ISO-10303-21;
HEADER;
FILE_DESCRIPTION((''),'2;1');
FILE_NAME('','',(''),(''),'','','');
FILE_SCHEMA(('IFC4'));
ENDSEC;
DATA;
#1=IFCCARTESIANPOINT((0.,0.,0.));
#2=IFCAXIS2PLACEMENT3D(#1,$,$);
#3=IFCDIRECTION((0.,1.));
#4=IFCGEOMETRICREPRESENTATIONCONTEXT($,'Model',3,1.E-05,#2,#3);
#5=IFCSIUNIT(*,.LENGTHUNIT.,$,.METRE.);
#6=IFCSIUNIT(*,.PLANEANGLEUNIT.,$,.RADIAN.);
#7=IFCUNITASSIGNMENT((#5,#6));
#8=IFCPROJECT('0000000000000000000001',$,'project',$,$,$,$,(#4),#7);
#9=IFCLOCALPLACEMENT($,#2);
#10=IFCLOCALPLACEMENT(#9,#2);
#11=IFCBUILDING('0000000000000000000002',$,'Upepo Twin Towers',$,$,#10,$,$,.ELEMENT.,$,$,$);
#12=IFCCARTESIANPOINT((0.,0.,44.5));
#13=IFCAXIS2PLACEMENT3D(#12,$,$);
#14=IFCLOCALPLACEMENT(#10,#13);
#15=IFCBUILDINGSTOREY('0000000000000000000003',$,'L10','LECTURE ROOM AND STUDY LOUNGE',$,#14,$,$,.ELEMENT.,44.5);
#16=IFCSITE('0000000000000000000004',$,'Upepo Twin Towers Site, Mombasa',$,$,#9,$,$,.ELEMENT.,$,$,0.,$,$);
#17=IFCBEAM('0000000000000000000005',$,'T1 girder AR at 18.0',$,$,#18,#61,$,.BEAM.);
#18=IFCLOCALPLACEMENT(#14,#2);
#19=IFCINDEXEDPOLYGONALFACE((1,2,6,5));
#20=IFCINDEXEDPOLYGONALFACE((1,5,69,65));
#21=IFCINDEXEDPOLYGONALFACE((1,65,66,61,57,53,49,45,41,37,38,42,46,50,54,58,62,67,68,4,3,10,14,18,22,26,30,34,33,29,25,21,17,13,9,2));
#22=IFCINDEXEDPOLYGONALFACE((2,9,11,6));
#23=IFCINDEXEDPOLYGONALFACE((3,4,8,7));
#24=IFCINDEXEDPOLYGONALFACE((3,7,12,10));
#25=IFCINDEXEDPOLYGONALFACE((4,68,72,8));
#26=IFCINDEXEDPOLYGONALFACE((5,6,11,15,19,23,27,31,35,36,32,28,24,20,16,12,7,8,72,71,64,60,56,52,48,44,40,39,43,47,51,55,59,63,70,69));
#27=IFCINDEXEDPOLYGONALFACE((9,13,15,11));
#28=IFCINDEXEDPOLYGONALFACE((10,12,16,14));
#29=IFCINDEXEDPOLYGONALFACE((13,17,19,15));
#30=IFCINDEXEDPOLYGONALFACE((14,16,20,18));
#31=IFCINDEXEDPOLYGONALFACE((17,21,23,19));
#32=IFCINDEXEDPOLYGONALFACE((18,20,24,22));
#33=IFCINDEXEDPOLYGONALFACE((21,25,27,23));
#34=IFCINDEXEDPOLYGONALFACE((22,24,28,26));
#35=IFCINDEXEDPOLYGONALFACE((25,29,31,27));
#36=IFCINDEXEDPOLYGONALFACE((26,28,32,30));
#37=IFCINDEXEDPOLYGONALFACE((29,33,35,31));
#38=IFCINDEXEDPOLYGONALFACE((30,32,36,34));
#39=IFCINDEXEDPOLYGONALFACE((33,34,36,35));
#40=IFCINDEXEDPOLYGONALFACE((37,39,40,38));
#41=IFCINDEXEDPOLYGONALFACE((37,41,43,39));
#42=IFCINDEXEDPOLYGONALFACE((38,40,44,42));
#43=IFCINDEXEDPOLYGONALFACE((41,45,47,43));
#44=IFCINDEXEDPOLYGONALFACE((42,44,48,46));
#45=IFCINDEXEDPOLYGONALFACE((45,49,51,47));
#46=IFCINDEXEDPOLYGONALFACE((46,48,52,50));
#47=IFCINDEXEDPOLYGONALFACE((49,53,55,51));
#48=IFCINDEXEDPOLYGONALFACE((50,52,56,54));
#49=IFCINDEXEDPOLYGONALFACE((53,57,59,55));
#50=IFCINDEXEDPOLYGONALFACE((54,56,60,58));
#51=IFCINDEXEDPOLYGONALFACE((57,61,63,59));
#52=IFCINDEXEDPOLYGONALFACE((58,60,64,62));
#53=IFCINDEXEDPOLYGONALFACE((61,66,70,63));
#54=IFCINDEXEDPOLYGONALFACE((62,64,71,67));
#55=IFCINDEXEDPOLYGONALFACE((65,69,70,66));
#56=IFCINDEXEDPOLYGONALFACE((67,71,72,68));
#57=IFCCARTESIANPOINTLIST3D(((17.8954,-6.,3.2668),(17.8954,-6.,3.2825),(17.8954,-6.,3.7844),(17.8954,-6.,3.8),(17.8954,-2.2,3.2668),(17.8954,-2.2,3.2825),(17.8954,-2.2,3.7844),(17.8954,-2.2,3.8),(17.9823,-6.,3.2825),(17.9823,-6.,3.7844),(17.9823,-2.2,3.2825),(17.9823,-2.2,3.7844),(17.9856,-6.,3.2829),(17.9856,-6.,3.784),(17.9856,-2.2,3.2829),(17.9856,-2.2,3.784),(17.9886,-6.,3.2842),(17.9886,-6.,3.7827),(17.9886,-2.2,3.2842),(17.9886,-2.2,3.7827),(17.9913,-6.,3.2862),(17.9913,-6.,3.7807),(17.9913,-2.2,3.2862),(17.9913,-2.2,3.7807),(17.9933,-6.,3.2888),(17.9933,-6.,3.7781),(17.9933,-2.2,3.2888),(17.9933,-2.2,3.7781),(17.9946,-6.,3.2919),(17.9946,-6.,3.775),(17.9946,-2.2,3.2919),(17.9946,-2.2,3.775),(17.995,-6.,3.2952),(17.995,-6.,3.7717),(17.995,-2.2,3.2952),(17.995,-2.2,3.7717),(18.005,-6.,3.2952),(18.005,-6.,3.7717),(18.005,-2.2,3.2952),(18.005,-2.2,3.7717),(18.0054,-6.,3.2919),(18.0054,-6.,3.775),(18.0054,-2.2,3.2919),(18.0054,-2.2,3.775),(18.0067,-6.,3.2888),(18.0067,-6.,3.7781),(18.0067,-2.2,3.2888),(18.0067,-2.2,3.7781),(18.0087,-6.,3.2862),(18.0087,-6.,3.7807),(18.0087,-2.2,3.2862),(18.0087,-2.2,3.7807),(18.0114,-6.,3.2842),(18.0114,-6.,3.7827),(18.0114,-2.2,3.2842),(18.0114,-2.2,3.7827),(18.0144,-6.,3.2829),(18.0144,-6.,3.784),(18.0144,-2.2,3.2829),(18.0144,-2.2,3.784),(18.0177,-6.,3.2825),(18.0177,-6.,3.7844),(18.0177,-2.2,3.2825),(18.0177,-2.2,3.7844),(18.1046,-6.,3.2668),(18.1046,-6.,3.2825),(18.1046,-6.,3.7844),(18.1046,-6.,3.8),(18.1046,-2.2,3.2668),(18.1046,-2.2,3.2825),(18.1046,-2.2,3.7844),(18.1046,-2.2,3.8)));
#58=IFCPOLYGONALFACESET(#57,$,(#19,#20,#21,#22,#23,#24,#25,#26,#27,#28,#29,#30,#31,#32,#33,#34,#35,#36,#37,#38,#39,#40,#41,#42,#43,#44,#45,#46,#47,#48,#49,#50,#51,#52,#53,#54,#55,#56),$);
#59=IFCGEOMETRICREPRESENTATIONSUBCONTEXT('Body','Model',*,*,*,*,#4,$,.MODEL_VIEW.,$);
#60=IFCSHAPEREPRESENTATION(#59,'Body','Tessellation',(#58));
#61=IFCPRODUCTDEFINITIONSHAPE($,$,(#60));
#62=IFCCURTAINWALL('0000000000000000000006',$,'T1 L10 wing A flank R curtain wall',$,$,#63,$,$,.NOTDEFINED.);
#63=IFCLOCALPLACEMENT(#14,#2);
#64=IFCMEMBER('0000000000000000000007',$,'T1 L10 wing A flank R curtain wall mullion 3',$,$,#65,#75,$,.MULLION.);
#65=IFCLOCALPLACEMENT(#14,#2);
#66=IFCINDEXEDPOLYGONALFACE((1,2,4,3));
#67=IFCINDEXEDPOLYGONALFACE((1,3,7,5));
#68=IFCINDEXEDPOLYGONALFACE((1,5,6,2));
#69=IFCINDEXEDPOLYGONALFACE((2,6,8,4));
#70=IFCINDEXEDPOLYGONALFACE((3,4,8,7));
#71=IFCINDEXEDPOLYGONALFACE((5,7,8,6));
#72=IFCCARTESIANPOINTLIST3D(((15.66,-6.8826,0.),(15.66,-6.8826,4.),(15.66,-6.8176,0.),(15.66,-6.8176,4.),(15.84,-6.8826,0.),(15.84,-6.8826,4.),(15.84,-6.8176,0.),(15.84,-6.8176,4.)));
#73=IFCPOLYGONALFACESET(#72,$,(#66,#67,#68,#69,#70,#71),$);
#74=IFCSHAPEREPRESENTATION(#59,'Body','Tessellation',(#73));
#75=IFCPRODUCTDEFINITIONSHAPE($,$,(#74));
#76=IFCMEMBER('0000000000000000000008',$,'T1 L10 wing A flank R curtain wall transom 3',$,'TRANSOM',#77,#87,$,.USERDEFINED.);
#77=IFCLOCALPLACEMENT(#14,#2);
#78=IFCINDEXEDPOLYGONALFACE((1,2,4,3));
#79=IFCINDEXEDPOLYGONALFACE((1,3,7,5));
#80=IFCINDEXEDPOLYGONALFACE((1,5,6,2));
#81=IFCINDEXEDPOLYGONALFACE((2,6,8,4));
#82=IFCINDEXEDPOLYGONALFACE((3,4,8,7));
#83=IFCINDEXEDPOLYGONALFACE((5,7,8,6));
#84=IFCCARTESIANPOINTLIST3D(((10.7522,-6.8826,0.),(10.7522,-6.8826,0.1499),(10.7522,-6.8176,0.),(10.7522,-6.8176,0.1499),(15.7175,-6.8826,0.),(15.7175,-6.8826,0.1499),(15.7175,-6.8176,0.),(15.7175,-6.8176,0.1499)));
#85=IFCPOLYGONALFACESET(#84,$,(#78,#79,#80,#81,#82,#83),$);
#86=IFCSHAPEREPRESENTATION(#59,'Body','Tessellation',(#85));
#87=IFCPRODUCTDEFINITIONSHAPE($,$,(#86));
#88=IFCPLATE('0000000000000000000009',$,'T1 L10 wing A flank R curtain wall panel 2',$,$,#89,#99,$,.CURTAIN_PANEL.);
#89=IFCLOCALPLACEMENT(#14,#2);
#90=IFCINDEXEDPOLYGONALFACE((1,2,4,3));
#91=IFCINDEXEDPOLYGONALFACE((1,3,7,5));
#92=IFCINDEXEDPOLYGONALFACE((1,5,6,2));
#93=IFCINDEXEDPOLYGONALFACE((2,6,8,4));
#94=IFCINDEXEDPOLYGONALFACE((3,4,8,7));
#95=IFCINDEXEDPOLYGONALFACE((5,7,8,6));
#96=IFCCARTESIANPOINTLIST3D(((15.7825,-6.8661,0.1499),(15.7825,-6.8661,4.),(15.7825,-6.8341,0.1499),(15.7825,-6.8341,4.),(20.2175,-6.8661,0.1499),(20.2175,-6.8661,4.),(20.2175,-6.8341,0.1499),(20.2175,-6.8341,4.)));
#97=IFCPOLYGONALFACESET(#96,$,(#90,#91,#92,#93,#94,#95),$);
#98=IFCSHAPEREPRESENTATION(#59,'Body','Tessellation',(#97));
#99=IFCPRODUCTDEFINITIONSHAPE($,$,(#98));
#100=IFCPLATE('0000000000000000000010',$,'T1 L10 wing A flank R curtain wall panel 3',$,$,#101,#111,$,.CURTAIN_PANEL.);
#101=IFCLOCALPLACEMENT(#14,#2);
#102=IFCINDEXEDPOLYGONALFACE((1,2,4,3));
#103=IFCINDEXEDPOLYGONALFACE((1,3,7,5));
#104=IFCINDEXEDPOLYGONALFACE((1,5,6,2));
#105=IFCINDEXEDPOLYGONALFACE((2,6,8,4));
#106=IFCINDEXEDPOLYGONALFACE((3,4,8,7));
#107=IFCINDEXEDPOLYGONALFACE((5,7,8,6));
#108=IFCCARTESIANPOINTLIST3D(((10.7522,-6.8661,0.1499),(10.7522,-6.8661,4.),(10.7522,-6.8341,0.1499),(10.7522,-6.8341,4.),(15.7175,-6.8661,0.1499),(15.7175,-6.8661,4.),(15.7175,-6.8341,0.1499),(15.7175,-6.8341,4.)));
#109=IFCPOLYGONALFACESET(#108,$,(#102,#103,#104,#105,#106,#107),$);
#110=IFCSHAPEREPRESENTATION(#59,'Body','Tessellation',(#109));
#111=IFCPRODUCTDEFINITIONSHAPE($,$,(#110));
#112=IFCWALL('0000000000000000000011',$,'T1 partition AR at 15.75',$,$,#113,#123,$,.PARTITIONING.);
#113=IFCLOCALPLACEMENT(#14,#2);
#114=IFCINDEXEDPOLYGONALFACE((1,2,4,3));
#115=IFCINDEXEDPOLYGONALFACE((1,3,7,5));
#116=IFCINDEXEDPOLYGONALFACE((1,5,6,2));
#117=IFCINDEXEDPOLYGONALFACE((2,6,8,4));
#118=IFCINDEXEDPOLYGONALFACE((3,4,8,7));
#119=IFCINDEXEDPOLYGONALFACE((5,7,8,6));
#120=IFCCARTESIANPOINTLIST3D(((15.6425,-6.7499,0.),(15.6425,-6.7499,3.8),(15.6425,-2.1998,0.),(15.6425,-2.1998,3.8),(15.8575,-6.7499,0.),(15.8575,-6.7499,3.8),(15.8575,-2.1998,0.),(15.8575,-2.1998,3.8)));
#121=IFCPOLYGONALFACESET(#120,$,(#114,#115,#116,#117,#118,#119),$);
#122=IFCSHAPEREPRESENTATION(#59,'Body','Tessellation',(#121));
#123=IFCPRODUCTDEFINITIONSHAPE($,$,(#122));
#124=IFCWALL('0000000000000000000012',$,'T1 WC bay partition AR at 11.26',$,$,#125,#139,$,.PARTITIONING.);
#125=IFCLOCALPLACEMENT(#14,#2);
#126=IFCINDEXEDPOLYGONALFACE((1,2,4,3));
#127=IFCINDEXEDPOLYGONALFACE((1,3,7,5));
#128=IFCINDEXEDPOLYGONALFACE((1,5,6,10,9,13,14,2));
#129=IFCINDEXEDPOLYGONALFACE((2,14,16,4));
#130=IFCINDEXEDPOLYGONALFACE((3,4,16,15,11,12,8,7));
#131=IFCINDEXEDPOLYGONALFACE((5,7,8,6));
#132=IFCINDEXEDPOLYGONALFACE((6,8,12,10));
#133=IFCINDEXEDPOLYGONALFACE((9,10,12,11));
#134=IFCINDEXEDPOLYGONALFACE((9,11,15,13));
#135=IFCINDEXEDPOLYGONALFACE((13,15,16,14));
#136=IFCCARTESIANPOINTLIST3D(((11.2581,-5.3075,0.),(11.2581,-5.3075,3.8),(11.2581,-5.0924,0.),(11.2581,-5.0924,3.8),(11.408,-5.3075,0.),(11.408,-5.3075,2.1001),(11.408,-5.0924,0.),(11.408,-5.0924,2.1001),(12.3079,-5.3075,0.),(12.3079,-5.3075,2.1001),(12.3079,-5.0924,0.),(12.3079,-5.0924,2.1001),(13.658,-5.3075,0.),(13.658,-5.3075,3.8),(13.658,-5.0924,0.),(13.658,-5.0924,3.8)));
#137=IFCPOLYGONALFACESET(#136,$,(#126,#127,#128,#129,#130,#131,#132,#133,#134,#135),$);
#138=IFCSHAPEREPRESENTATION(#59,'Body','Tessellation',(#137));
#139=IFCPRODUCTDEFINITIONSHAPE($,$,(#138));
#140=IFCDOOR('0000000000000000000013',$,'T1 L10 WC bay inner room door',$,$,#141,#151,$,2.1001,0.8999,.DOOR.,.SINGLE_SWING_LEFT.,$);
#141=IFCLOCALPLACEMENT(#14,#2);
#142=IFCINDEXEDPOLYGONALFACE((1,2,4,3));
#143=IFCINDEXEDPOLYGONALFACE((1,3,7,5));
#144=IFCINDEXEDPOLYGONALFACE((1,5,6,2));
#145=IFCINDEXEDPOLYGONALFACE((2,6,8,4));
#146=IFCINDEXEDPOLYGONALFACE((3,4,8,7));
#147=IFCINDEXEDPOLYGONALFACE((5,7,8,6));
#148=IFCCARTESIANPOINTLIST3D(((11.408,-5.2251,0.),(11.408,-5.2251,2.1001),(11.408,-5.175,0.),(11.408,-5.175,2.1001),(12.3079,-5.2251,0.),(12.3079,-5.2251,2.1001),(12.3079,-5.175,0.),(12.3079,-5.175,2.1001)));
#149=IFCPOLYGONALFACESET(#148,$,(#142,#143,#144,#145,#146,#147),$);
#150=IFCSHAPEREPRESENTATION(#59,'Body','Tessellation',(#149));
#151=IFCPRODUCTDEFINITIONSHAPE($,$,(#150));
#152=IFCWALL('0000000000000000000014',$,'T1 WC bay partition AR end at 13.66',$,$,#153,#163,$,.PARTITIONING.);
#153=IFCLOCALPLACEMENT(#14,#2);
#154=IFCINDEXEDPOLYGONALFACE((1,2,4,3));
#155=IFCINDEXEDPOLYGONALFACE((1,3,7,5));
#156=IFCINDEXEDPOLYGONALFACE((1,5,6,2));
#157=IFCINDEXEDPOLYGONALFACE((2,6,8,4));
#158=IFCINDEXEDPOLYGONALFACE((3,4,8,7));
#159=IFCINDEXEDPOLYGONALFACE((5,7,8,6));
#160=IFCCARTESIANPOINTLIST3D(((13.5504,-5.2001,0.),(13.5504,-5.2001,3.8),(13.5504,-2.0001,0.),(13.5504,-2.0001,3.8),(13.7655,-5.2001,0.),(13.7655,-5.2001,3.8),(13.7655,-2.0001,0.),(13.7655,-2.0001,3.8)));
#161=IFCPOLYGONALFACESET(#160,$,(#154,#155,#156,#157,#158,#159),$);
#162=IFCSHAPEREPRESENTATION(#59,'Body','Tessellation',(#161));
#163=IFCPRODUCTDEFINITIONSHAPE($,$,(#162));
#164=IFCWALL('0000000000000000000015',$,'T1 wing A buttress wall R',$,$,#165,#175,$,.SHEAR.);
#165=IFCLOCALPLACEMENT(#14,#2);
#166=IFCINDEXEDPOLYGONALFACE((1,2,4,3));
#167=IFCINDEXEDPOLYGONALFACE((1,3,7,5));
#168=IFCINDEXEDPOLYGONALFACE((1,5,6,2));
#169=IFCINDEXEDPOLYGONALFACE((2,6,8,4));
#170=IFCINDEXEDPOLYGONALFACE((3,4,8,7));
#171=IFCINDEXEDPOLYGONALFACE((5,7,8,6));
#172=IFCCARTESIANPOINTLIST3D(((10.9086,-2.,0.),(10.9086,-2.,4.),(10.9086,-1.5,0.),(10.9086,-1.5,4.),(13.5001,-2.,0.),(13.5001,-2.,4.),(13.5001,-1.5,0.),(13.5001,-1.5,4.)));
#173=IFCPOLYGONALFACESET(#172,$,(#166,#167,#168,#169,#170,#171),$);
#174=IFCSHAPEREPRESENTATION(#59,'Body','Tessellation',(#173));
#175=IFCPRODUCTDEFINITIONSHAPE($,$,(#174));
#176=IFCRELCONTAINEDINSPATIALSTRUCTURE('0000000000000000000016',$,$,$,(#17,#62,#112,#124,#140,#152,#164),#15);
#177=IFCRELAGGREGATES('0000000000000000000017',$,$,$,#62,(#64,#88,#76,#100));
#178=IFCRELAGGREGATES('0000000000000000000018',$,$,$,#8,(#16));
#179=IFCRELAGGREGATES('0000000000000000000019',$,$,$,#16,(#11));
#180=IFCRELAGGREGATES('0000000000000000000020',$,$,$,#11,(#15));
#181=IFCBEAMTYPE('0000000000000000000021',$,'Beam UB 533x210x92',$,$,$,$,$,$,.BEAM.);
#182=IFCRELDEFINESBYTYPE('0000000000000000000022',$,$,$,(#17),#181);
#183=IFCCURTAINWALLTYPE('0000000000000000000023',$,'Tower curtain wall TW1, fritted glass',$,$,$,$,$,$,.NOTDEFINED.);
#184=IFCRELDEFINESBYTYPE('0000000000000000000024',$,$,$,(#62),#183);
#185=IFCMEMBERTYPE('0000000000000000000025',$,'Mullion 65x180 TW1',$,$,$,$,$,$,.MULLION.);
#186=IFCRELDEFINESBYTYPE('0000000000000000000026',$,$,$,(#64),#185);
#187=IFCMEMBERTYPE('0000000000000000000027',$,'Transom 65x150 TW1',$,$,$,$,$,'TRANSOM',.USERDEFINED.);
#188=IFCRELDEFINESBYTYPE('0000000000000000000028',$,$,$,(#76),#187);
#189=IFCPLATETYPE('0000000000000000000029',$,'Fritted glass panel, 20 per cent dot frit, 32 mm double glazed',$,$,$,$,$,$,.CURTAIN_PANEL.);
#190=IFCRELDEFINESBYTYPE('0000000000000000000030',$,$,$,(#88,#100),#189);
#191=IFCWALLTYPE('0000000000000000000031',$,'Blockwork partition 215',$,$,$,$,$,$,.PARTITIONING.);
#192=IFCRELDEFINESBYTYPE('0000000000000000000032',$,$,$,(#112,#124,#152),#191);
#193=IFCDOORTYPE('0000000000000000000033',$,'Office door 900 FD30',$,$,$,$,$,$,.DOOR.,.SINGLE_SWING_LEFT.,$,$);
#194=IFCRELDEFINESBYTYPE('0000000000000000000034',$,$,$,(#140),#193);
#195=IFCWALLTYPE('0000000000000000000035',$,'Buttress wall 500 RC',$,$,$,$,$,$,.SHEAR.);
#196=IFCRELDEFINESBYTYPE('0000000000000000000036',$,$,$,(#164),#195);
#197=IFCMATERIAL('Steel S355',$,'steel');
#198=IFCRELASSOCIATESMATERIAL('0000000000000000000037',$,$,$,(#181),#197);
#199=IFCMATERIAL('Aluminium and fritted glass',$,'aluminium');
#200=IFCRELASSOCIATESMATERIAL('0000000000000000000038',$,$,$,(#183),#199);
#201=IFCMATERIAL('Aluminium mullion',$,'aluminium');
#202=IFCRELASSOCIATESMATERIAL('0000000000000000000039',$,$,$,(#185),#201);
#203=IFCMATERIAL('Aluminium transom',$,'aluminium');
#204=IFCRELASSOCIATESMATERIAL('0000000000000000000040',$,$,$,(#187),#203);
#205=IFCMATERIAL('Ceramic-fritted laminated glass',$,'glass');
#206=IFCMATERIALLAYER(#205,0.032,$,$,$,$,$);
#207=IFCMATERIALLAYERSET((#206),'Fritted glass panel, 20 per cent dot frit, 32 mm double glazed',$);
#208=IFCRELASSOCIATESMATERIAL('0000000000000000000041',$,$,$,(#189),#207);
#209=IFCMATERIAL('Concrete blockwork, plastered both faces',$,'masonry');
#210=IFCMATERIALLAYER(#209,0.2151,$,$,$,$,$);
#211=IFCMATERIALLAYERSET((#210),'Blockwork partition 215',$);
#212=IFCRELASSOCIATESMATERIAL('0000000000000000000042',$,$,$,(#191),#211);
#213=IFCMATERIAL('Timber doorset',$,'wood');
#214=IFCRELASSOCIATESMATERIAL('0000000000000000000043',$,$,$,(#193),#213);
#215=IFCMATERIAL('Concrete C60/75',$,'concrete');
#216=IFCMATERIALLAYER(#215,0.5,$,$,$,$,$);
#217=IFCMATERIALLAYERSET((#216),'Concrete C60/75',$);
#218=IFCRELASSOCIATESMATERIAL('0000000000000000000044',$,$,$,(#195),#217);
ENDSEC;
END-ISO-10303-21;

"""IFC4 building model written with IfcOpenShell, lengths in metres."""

from ifc_helpers import new_model, si_unit, direction, frame, frame_2d, origin, origin_2d, place, context, subcontext, project, spatial, rectangle, i_section, extrude, material, layer, layer_set, material_profile, profile_set, type_object, element, fill, aggregate, save


model = new_model("IFC4")

# Units and contexts
model_context = context("Model", 3, precision=1e-05, world=origin(), true_north=direction((0.0, 1.0)))
body_context = subcontext(model_context, "Body", "Model", "MODEL_VIEW")
ifc_project = project(units=[si_unit("LENGTHUNIT", "METRE"), si_unit("PLANEANGLEUNIT", "RADIAN")], contexts=[model_context])

# Site, building, storey
site_placement = place(None, origin())
site = spatial("IfcSite", under=ifc_project, at=site_placement, Name="Upepo Twin Towers Site, Mombasa", CompositionType="ELEMENT", RefElevation=0.0)
building_placement = place(site_placement, origin())
building = spatial("IfcBuilding", under=site, at=building_placement, Name="Upepo Twin Towers", CompositionType="ELEMENT")
storey_placement = place(building_placement, frame((0.0, 0.0, 44.5)))
storey = spatial("IfcBuildingStorey", under=building, at=storey_placement, Name="L10", Description="LECTURE ROOM AND STUDY LOUNGE", CompositionType="ELEMENT", Elevation=44.5)

# Beam
ifc_material_1 = material(Name="Steel S355", Category="steel")
ifc_material_profile_1 = material_profile(ifc_material_1, i_section(OverallWidth=0.2092, OverallDepth=0.5332, WebThickness=0.01, FlangeThickness=0.0156, FilletRadius=0.0127, at=origin_2d()), Name="UB 533x210x92")
ifc_profile_set_1 = profile_set([ifc_material_profile_1], Name="Steel S355")
beam_type_1 = type_object("IfcBeamType", Name="Beam UB 533x210x92", PredefinedType="BEAM", material=ifc_profile_set_1)
for number, where, z_axis, x_axis, name in (
    (1, (18.0, -6.0, 3.5334), (0.0, 1.0, 0.0), (-1.0, 0.0, 0.0), "T1 girder AR at 18.0"),
):
    element("IfcBeam", number, at=place(storey_placement, frame(where, z_axis=z_axis, x_axis=x_axis)), inside=storey, type_object=beam_type_1, Name=name, PredefinedType="BEAM", context=body_context, shape_type="SweptSolid", body=[
        extrude(i_section(OverallWidth=0.2092, OverallDepth=0.5332, WebThickness=0.01, FlangeThickness=0.0156, FilletRadius=0.0127, at=origin_2d()), origin(), (0.0, 0.0, 1.0), 3.8),
    ])

# Curtain wall, members, plates
ifc_material_2 = material(Name="Aluminium and fritted glass", Category="aluminium")
curtain_wall_type = type_object("IfcCurtainWallType", Name="Tower curtain wall TW1, fritted glass", PredefinedType="NOTDEFINED", material=ifc_material_2)
curtain_wall_placement = place(storey_placement, origin())
curtain_wall = element("IfcCurtainWall", 2, at=curtain_wall_placement, inside=storey, type_object=curtain_wall_type, Name="T1 L10 wing A flank R curtain wall", PredefinedType="NOTDEFINED")
ifc_material_3 = material(Name="Aluminium mullion", Category="aluminium")
ifc_material_profile_2 = material_profile(ifc_material_3, rectangle(XDim=0.0649, YDim=0.1799, at=origin_2d()), Name="MULLION 65x180")
ifc_profile_set_2 = profile_set([ifc_material_profile_2], Name="Aluminium mullion")
member_type_1 = type_object("IfcMemberType", Name="Mullion 65x180 TW1", PredefinedType="MULLION", material=ifc_profile_set_2)
member_1_placement = place(storey_placement, frame((15.75, -6.8501, 0.0), z_axis=(0.0, 0.0, 1.0), x_axis=(0.0, -1.0, 0.0)))
member_1 = element("IfcMember", 3, at=member_1_placement, type_object=member_type_1, Name="T1 L10 wing A flank R curtain wall mullion 3", PredefinedType="MULLION", context=body_context, shape_type="SweptSolid", body=[
    extrude(rectangle(XDim=0.0649, YDim=0.1799, at=origin_2d()), origin(), (0.0, 0.0, 1.0), 4.0),
])
ifc_material_4 = material(Name="Aluminium transom", Category="aluminium")
ifc_material_profile_3 = material_profile(ifc_material_4, rectangle(XDim=0.0649, YDim=0.1499, at=origin_2d()), Name="TRANSOM 65x150")
ifc_profile_set_3 = profile_set([ifc_material_profile_3], Name="Aluminium transom")
member_type_2 = type_object("IfcMemberType", Name="Transom 65x150 TW1", ElementType="TRANSOM", PredefinedType="USERDEFINED", material=ifc_profile_set_3)
member_2_placement = place(storey_placement, frame((15.7175, -6.8501, 0.075), z_axis=(-1.0, 0.0, 0.0), x_axis=(0.0, -1.0, 0.0)))
member_2 = element("IfcMember", 4, at=member_2_placement, type_object=member_type_2, Name="T1 L10 wing A flank R curtain wall transom 3", ObjectType="TRANSOM", PredefinedType="USERDEFINED", context=body_context, shape_type="SweptSolid", body=[
    extrude(rectangle(XDim=0.0649, YDim=0.1499, at=origin_2d()), origin(), (0.0, 0.0, 1.0), 4.9653),
])
ifc_material_5 = material(Name="Ceramic-fritted laminated glass", Category="glass")
ifc_layer_1 = layer(ifc_material_5, 0.032)
ifc_layer_set_1 = layer_set([ifc_layer_1], Name="Fritted glass panel, 20 per cent dot frit, 32 mm double glazed")
plate_type = type_object("IfcPlateType", Name="Fritted glass panel, 20 per cent dot frit, 32 mm double glazed", PredefinedType="CURTAIN_PANEL", material=ifc_layer_set_1)
plate_1_placement = place(storey_placement, frame((18.0, -6.8501, 0.1499), z_axis=(0.0, 0.0, 1.0), x_axis=(-1.0, 0.0, 0.0)))
plate_1 = element("IfcPlate", 5, at=plate_1_placement, type_object=plate_type, Name="T1 L10 wing A flank R curtain wall panel 2", PredefinedType="CURTAIN_PANEL", context=body_context, shape_type="SweptSolid", body=[
    extrude(rectangle(XDim=4.4351, YDim=0.032, at=origin_2d()), origin(), (0.0, 0.0, 1.0), 3.8501),
])
plate_2_placement = place(storey_placement, frame((13.2349, -6.8501, 0.1499), z_axis=(0.0, 0.0, 1.0), x_axis=(-1.0, 0.0, 0.0)))
plate_2 = element("IfcPlate", 6, at=plate_2_placement, type_object=plate_type, Name="T1 L10 wing A flank R curtain wall panel 3", PredefinedType="CURTAIN_PANEL", context=body_context, shape_type="SweptSolid", body=[
    extrude(rectangle(XDim=4.9653, YDim=0.032, at=origin_2d()), origin(), (0.0, 0.0, 1.0), 3.8501),
])
aggregate(curtain_wall, [member_1, plate_1, member_2, plate_2])

# Wall
ifc_material_6 = material(Name="Concrete blockwork, plastered both faces", Category="masonry")
ifc_layer_2 = layer(ifc_material_6, 0.2151)
ifc_layer_set_2 = layer_set([ifc_layer_2], Name="Blockwork partition 215")
wall_type_1 = type_object("IfcWallType", Name="Blockwork partition 215", PredefinedType="PARTITIONING", material=ifc_layer_set_2)
wall_1_placement = place(storey_placement, frame((15.75, -2.2, 0.0), z_axis=(0.0, 0.0, 1.0), x_axis=(0.0, -1.0, 0.0)))
element("IfcWall", 7, at=wall_1_placement, inside=storey, type_object=wall_type_1, Name="T1 partition AR at 15.75", PredefinedType="PARTITIONING", context=body_context, shape_type="SweptSolid", body=[
    extrude(rectangle(XDim=4.55, YDim=0.2151, at=frame_2d((2.2749, 0.0))), origin(), (0.0, 0.0, 1.0), 3.8),
])

# Wall, opening, door
wall_2_placement = place(storey_placement, frame((11.2581, -5.2, 0.0), z_axis=(0.0, 0.0, 1.0), x_axis=(1.0, 0.0, 0.0)))
wall_2 = element("IfcWall", 8, at=wall_2_placement, inside=storey, type_object=wall_type_1, Name="T1 WC bay partition AR at 11.26", PredefinedType="PARTITIONING", context=body_context, shape_type="SweptSolid", body=[
    extrude(rectangle(XDim=2.3999, YDim=0.2151, at=frame_2d((1.2, 0.0))), origin(), (0.0, 0.0, 1.0), 3.8),
])
opening_1_placement = place(wall_2_placement, frame((0.1499, 0.0, 0.0)))
opening_1 = element("IfcOpeningElement", 9, at=opening_1_placement, cuts=wall_2, PredefinedType="OPENING", context=body_context, shape_type="SweptSolid", body=[
    extrude(rectangle(XDim=0.8999, YDim=2.1001, at=frame_2d((0.45, 1.05))), frame((0.0, 0.1174, 0.0), z_axis=(0.0, -1.0, 0.0), x_axis=(1.0, 0.0, 0.0)), (0.0, 0.0, 1.0), 0.2351),
])
ifc_material_7 = material(Name="Timber doorset", Category="wood")
door_type_1 = type_object("IfcDoorType", Name="Office door 900 FD30", OperationType="SINGLE_SWING_LEFT", PredefinedType="DOOR", material=ifc_material_7)
door_1_placement = place(opening_1_placement, origin())
door_1 = element("IfcDoor", 10, at=door_1_placement, inside=storey, type_object=door_type_1, Name="T1 L10 WC bay inner room door", OperationType="SINGLE_SWING_LEFT", OverallHeight=2.1001, OverallWidth=0.8999, PredefinedType="DOOR", context=body_context, shape_type="SweptSolid", body=[
    extrude(rectangle(XDim=0.8999, YDim=2.1001, at=frame_2d((0.45, 1.05))), frame((0.0, 0.0249, 0.0), z_axis=(0.0, -1.0, 0.0), x_axis=(1.0, 0.0, 0.0)), (0.0, 0.0, 1.0), 0.05),
])
fill(opening_1, door_1)

# Walls
wall_3_placement = place(storey_placement, frame((13.658, -2.0, 0.0), z_axis=(0.0, 0.0, 1.0), x_axis=(0.0, -1.0, 0.0)))
element("IfcWall", 11, at=wall_3_placement, inside=storey, type_object=wall_type_1, Name="T1 WC bay partition AR end at 13.66", PredefinedType="PARTITIONING", context=body_context, shape_type="SweptSolid", body=[
    extrude(rectangle(XDim=3.2, YDim=0.2151, at=frame_2d((1.6001, 0.0))), origin(), (0.0, 0.0, 1.0), 3.8),
])
ifc_material_8 = material(Name="Concrete C60/75", Category="concrete")
ifc_layer_3 = layer(ifc_material_8, 0.5)
ifc_layer_set_3 = layer_set([ifc_layer_3], Name="Concrete C60/75")
wall_type_2 = type_object("IfcWallType", Name="Buttress wall 500 RC", PredefinedType="SHEAR", material=ifc_layer_set_3)
wall_4_placement = place(storey_placement, frame((10.9084, -1.75, 0.0), z_axis=(0.0, 0.0, 1.0), x_axis=(1.0, 0.0, 0.0)))
element("IfcWall", 12, at=wall_4_placement, inside=storey, type_object=wall_type_2, Name="T1 wing A buttress wall R", PredefinedType="SHEAR", context=body_context, shape_type="SweptSolid", body=[
    extrude(rectangle(XDim=2.5916, YDim=0.5, at=frame_2d((1.2959, 0.0))), origin(), (0.0, 0.0, 1.0), 4.0),
])

save(model, "model.ifc")
